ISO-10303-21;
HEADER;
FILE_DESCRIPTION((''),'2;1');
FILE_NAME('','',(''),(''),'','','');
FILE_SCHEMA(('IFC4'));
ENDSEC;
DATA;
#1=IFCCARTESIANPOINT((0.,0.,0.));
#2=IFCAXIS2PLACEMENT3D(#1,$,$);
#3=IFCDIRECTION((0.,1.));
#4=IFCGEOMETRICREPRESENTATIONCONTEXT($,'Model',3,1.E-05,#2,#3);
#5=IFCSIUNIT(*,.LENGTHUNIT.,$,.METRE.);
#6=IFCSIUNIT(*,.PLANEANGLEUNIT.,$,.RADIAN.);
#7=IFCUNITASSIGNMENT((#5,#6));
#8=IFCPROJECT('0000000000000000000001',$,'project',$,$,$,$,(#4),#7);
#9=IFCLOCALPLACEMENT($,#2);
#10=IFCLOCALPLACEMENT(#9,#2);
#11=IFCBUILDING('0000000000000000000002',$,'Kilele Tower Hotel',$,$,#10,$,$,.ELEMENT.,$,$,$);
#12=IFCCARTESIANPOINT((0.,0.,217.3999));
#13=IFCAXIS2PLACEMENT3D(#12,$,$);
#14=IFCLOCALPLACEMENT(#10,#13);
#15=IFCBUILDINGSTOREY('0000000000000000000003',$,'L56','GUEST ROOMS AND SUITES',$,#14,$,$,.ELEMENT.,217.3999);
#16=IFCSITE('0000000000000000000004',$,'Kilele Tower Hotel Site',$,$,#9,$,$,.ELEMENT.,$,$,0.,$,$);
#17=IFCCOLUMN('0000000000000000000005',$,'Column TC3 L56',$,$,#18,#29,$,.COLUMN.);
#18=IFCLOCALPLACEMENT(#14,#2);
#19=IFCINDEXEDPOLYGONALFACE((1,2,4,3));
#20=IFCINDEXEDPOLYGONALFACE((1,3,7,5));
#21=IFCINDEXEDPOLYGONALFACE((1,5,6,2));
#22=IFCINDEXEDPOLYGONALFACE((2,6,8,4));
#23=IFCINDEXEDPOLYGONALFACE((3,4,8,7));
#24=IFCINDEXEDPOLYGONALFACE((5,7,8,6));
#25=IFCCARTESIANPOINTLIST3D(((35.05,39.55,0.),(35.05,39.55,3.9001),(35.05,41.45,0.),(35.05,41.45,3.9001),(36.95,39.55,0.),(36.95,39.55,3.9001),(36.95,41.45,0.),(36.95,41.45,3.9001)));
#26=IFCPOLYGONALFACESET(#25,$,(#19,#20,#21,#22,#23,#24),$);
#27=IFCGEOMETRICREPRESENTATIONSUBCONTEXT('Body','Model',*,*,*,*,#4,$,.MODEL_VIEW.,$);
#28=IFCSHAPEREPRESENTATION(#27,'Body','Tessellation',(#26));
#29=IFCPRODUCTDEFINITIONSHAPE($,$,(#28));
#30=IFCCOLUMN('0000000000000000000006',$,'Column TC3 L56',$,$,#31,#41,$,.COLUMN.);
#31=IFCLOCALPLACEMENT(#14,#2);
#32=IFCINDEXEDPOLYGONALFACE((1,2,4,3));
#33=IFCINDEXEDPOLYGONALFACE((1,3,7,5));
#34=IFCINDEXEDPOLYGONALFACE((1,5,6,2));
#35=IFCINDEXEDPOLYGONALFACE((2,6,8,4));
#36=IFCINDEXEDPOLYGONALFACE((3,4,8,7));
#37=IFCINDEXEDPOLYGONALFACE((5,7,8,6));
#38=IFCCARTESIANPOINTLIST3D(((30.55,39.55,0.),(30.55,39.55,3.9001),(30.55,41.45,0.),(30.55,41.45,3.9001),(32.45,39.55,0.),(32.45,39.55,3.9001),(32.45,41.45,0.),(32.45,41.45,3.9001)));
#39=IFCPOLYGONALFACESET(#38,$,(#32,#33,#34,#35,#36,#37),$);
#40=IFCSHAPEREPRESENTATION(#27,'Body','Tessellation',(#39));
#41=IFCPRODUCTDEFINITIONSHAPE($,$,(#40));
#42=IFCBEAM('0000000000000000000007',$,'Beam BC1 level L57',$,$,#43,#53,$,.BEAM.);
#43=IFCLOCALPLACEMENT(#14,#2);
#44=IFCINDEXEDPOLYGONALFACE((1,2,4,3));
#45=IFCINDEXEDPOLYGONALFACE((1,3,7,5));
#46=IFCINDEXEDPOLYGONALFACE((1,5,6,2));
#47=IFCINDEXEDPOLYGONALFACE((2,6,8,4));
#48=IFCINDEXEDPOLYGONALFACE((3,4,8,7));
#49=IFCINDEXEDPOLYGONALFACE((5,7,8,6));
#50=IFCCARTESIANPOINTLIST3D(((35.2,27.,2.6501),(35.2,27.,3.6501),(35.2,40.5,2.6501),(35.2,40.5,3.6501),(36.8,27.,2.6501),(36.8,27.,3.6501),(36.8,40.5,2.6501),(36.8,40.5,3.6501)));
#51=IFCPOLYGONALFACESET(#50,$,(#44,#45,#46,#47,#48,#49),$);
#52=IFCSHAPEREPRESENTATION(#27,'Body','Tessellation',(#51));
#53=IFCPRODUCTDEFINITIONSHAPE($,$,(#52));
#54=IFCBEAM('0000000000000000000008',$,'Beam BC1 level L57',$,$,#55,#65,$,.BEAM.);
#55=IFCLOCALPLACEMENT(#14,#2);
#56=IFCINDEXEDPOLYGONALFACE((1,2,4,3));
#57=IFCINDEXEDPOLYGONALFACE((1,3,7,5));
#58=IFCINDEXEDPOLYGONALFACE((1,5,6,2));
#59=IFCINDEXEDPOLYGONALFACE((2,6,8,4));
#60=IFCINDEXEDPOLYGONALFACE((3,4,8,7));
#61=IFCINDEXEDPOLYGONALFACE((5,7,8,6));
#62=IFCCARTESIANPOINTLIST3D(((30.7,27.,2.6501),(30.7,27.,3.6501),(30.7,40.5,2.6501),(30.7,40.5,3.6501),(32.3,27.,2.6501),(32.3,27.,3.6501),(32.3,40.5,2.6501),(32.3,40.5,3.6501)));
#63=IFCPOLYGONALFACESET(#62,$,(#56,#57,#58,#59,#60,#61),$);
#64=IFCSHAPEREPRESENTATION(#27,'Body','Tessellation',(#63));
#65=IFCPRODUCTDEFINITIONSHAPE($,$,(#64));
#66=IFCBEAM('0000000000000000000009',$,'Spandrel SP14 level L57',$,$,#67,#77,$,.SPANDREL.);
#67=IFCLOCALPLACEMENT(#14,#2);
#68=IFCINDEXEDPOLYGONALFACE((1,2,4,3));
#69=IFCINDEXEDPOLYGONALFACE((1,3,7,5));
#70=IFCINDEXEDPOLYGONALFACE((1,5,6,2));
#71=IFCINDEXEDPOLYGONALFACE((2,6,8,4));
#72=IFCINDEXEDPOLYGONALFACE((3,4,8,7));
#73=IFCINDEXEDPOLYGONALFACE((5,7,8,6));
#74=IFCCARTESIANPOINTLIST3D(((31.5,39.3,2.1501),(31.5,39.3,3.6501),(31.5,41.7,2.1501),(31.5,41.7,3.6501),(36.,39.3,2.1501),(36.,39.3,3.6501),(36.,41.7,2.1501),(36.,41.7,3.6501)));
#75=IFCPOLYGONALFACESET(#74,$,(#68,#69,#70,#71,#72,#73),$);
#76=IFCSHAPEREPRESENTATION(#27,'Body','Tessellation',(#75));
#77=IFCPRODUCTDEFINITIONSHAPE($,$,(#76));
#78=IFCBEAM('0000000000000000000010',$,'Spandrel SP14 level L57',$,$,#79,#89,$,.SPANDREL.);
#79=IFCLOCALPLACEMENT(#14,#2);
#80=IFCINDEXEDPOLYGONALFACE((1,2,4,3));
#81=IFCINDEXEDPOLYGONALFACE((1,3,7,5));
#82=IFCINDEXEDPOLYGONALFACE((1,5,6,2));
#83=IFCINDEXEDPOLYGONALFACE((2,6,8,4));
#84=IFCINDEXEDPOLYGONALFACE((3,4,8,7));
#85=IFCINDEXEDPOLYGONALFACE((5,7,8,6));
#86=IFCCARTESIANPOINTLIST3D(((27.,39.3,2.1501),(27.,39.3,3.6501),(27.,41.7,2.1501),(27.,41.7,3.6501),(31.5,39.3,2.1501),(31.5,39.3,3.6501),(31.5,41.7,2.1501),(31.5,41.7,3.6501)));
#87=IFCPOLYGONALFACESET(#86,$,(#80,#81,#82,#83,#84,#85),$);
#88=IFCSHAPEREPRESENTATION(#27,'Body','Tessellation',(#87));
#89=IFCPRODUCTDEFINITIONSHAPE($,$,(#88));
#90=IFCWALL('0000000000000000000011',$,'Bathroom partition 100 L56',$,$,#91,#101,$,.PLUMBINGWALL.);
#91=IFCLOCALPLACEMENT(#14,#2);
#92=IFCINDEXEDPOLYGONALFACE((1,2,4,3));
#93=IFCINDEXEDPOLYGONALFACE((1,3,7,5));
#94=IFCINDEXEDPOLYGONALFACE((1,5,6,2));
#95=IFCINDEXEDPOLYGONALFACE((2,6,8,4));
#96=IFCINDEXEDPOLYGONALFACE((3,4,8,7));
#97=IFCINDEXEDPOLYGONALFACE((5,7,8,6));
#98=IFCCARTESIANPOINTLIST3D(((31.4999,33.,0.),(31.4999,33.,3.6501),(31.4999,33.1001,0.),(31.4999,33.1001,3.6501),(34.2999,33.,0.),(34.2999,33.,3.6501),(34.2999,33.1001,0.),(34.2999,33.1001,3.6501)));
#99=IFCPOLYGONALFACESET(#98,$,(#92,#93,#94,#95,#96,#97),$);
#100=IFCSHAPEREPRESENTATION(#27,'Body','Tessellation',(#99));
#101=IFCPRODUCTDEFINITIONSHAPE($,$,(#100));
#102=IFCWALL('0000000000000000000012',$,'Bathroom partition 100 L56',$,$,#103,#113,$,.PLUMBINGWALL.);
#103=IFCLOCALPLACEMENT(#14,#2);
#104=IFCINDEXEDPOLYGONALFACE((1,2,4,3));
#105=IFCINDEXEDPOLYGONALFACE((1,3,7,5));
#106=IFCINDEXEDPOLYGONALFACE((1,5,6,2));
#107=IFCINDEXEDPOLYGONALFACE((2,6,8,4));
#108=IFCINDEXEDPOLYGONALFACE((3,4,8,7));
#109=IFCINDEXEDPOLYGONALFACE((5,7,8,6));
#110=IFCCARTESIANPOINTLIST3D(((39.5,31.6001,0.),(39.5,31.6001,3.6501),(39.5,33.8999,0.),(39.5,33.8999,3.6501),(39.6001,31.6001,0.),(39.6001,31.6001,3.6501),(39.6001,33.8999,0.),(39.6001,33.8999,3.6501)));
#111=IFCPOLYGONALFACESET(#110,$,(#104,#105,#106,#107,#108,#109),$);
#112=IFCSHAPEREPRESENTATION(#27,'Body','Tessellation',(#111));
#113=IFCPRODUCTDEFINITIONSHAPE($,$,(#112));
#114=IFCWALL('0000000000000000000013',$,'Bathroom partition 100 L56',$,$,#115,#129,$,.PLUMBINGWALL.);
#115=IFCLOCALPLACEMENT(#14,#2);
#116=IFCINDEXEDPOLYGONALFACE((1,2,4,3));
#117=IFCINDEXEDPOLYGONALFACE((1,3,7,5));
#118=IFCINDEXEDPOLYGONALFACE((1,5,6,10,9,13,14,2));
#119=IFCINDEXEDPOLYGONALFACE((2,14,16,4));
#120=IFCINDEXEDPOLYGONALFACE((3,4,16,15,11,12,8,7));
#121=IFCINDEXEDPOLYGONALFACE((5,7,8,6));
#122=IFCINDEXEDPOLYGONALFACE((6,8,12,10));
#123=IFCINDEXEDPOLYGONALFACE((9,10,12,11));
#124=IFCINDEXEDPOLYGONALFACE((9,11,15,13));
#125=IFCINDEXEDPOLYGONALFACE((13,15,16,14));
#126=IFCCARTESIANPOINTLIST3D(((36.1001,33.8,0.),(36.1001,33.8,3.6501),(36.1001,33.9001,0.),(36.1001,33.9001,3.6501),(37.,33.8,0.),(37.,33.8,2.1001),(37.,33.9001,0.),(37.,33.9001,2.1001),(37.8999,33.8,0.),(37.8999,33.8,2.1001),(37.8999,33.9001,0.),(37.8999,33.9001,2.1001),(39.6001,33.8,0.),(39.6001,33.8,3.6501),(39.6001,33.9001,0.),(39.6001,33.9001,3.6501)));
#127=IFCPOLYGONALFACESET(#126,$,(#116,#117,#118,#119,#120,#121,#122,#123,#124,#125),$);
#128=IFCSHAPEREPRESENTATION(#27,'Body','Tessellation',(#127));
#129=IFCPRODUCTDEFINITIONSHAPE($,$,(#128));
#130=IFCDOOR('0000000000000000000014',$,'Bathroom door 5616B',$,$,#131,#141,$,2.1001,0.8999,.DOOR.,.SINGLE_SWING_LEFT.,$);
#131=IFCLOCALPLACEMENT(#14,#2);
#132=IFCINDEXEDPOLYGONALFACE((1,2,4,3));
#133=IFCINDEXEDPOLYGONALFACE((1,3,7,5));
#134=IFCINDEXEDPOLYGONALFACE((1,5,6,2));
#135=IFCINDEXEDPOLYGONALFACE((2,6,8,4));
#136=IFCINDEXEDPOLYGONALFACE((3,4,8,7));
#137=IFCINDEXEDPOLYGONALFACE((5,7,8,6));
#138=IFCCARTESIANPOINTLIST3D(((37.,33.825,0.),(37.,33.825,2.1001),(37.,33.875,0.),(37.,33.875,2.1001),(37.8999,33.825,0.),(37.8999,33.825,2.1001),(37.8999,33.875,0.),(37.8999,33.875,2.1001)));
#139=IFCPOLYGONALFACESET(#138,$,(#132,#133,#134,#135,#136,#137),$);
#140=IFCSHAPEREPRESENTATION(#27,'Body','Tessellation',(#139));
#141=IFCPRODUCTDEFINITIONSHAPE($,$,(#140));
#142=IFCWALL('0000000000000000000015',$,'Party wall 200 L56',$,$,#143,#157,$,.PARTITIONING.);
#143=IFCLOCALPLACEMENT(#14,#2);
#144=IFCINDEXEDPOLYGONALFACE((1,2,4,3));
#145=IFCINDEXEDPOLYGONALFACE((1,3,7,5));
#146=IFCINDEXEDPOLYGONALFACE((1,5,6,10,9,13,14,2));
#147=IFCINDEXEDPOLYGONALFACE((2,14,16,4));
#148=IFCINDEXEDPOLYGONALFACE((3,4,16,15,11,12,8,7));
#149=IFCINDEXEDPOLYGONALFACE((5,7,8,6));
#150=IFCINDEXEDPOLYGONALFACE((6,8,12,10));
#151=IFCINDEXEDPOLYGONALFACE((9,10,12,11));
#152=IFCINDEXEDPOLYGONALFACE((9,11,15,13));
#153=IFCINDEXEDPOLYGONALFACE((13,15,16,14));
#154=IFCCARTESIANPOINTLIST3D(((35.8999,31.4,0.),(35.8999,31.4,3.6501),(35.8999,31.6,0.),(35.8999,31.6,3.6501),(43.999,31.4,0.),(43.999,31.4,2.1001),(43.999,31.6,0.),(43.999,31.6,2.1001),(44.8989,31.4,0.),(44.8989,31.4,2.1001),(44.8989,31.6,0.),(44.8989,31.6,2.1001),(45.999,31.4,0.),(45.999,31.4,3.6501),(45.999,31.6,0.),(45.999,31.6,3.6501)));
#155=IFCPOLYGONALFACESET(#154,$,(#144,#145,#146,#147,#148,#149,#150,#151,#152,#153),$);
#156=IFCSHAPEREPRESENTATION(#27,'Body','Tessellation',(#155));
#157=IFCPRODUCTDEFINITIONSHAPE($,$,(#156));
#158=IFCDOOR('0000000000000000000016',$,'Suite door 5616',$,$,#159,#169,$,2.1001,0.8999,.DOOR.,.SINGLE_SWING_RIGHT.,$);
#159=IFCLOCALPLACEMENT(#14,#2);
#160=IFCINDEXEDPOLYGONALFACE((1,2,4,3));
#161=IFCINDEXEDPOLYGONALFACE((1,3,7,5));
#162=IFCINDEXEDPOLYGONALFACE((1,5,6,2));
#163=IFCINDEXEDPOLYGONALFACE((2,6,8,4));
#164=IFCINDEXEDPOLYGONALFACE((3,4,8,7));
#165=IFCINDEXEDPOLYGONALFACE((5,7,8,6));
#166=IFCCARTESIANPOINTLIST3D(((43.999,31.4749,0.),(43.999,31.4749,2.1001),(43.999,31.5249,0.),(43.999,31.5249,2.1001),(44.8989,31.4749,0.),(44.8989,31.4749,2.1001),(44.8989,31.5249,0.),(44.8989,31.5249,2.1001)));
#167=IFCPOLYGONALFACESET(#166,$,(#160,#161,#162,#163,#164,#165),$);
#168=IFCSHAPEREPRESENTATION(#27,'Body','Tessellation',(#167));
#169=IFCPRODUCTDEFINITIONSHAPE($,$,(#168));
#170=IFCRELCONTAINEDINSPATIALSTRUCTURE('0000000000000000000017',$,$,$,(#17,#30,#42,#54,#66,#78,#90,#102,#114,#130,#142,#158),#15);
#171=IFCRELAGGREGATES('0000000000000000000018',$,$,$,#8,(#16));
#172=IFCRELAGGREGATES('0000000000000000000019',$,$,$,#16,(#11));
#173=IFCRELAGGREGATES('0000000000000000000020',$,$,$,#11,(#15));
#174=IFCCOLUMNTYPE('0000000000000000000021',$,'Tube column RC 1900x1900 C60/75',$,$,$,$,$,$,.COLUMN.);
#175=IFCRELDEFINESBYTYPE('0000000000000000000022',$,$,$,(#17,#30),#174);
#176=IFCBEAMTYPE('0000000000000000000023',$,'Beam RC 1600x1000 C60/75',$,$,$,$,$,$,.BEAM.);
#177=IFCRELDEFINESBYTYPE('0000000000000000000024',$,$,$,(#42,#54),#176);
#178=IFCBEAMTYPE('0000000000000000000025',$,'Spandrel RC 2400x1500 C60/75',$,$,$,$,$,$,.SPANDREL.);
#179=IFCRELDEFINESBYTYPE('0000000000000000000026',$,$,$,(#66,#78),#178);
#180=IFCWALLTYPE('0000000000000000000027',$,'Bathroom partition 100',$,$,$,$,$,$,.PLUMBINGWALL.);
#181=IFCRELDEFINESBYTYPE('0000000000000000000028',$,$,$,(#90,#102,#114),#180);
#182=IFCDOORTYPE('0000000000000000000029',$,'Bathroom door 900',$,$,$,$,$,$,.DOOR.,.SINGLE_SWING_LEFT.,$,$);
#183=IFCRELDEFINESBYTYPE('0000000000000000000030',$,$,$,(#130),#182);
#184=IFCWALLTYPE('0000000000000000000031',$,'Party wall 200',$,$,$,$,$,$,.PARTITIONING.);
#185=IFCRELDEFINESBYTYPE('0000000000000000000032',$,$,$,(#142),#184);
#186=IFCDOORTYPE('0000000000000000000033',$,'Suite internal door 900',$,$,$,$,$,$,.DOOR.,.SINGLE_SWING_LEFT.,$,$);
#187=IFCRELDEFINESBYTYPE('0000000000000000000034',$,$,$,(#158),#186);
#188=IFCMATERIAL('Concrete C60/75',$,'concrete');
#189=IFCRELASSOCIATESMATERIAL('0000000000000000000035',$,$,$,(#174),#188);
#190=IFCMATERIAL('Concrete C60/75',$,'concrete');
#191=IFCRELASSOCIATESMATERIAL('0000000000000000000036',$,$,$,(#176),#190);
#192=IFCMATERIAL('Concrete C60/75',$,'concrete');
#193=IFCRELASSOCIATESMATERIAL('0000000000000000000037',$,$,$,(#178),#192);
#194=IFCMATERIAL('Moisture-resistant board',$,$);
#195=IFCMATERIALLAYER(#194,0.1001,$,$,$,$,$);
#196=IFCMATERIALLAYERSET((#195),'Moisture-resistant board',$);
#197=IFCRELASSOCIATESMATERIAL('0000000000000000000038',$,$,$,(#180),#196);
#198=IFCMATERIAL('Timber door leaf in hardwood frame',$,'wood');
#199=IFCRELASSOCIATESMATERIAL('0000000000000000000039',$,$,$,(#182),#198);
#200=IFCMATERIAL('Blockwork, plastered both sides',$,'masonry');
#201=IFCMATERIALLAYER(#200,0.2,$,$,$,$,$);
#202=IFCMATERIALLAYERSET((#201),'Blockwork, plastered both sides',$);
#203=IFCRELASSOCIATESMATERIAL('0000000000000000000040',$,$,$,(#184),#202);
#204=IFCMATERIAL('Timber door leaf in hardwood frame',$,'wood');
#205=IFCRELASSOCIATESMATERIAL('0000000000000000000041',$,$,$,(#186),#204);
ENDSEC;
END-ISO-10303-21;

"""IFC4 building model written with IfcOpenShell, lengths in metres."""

from ifc_helpers import new_model, si_unit, direction, frame, frame_2d, origin, origin_2d, place, context, subcontext, project, spatial, rectangle, extrude, material, layer, layer_set, material_profile, profile_set, type_object, element, fill, save


model = new_model("IFC4")

# Units and contexts
model_context = context("Model", 3, precision=1e-05, world=origin(), true_north=direction((0.0, 1.0)))
body_context = subcontext(model_context, "Body", "Model", "MODEL_VIEW")
ifc_project = project(units=[si_unit("LENGTHUNIT", "METRE"), si_unit("PLANEANGLEUNIT", "RADIAN")], contexts=[model_context])

# Site, building, storey
site_placement = place(None, origin())
site = spatial("IfcSite", under=ifc_project, at=site_placement, Name="Kilele Tower Hotel Site", CompositionType="ELEMENT", RefElevation=0.0)
building_placement = place(site_placement, origin())
building = spatial("IfcBuilding", under=site, at=building_placement, Name="Kilele Tower Hotel", CompositionType="ELEMENT")
storey_placement = place(building_placement, frame((0.0, 0.0, 217.3999)))
storey = spatial("IfcBuildingStorey", under=building, at=storey_placement, Name="L56", Description="GUEST ROOMS AND SUITES", CompositionType="ELEMENT", Elevation=217.3999)

# Columns
ifc_material_1 = material(Name="Concrete C60/75", Category="concrete")
ifc_material_profile_1 = material_profile(ifc_material_1, rectangle(XDim=1.8999, YDim=1.8999, at=origin_2d()))
ifc_profile_set_1 = profile_set([ifc_material_profile_1], Name="Concrete C60/75")
column_type = type_object("IfcColumnType", Name="Tube column RC 1900x1900 C60/75", PredefinedType="COLUMN", material=ifc_profile_set_1)
for number, where, z_axis, x_axis, name in (
    (1, (36.0, 40.5, 0.0), (0.0, 0.0, 1.0), (1.0, 0.0, 0.0), "Column TC3 L56"),
    (2, (31.5, 40.5, 0.0), (0.0, 0.0, 1.0), (1.0, 0.0, 0.0), "Column TC3 L56"),
):
    element("IfcColumn", number, at=place(storey_placement, frame(where, z_axis=z_axis, x_axis=x_axis)), inside=storey, type_object=column_type, Name=name, PredefinedType="COLUMN", context=body_context, shape_type="SweptSolid", body=[
        extrude(rectangle(XDim=1.8999, YDim=1.8999, at=origin_2d()), origin(), (0.0, 0.0, 1.0), 3.9001),
    ])

# Beams
ifc_material_2 = material(Name="Concrete C60/75", Category="concrete")
ifc_material_profile_2 = material_profile(ifc_material_2, rectangle(XDim=1.6001, YDim=1.0, at=origin_2d()))
ifc_profile_set_2 = profile_set([ifc_material_profile_2], Name="Concrete C60/75")
beam_type_1 = type_object("IfcBeamType", Name="Beam RC 1600x1000 C60/75", PredefinedType="BEAM", material=ifc_profile_set_2)
for number, where, z_axis, x_axis, name in (
    (3, (36.0, 40.5, 3.1501), (0.0, -1.0, 0.0), (1.0, 0.0, 0.0), "Beam BC1 level L57"),
    (4, (31.5, 40.5, 3.1501), (0.0, -1.0, 0.0), (1.0, 0.0, 0.0), "Beam BC1 level L57"),
):
    element("IfcBeam", number, at=place(storey_placement, frame(where, z_axis=z_axis, x_axis=x_axis)), inside=storey, type_object=beam_type_1, Name=name, PredefinedType="BEAM", context=body_context, shape_type="SweptSolid", body=[
        extrude(rectangle(XDim=1.6001, YDim=1.0, at=origin_2d()), origin(), (0.0, 0.0, 1.0), 13.5),
    ])
ifc_material_3 = material(Name="Concrete C60/75", Category="concrete")
ifc_material_profile_3 = material_profile(ifc_material_3, rectangle(XDim=2.3999, YDim=1.5, at=origin_2d()))
ifc_profile_set_3 = profile_set([ifc_material_profile_3], Name="Concrete C60/75")
beam_type_2 = type_object("IfcBeamType", Name="Spandrel RC 2400x1500 C60/75", PredefinedType="SPANDREL", material=ifc_profile_set_3)
for number, where, z_axis, x_axis, name in (
    (5, (36.0, 40.5, 2.9001), (-1.0, 0.0, 0.0), (0.0, -1.0, 0.0), "Spandrel SP14 level L57"),
    (6, (31.5, 40.5, 2.9001), (-1.0, 0.0, 0.0), (0.0, -1.0, 0.0), "Spandrel SP14 level L57"),
):
    element("IfcBeam", number, at=place(storey_placement, frame(where, z_axis=z_axis, x_axis=x_axis)), inside=storey, type_object=beam_type_2, Name=name, PredefinedType="SPANDREL", context=body_context, shape_type="SweptSolid", body=[
        extrude(rectangle(XDim=2.3999, YDim=1.5, at=origin_2d()), origin(), (0.0, 0.0, 1.0), 4.5),
    ])

# Walls
ifc_material_4 = material(Name="Moisture-resistant board")
ifc_layer_1 = layer(ifc_material_4, 0.1001)
ifc_layer_set_1 = layer_set([ifc_layer_1], Name="Moisture-resistant board")
wall_type_1 = type_object("IfcWallType", Name="Bathroom partition 100", PredefinedType="PLUMBINGWALL", material=ifc_layer_set_1)
wall_1_placement = place(storey_placement, frame((31.5, 33.05, 0.0), z_axis=(0.0, 0.0, 1.0), x_axis=(1.0, 0.0, 0.0)))
element("IfcWall", 7, at=wall_1_placement, inside=storey, type_object=wall_type_1, Name="Bathroom partition 100 L56", PredefinedType="PLUMBINGWALL", context=body_context, shape_type="SweptSolid", body=[
    extrude(rectangle(XDim=2.8, YDim=0.1001, at=frame_2d((1.3999, 0.0))), origin(), (0.0, 0.0, 1.0), 3.6501),
])
wall_2_placement = place(storey_placement, frame((39.55, 31.6001, 0.0), z_axis=(0.0, 0.0, 1.0), x_axis=(0.0, 1.0, 0.0)))
element("IfcWall", 8, at=wall_2_placement, inside=storey, type_object=wall_type_1, Name="Bathroom partition 100 L56", PredefinedType="PLUMBINGWALL", context=body_context, shape_type="SweptSolid", body=[
    extrude(rectangle(XDim=2.2998, YDim=0.1001, at=frame_2d((1.1499, 0.0))), origin(), (0.0, 0.0, 1.0), 3.6501),
])

# Walls, openings, doors
wall_3_placement = place(storey_placement, frame((36.1001, 33.8501, 0.0), z_axis=(0.0, 0.0, 1.0), x_axis=(1.0, 0.0, 0.0)))
wall_3 = element("IfcWall", 9, at=wall_3_placement, inside=storey, type_object=wall_type_1, Name="Bathroom partition 100 L56", PredefinedType="PLUMBINGWALL", context=body_context, shape_type="SweptSolid", body=[
    extrude(rectangle(XDim=3.5, YDim=0.1001, at=frame_2d((1.75, 0.0))), origin(), (0.0, 0.0, 1.0), 3.6501),
])
opening_1_placement = place(wall_3_placement, frame((0.8999, 0.0, 0.0)))
opening_1 = element("IfcOpeningElement", 10, at=opening_1_placement, cuts=wall_3, PredefinedType="OPENING", context=body_context, shape_type="SweptSolid", body=[
    extrude(rectangle(XDim=0.8999, YDim=2.1001, at=frame_2d((0.45, 1.05))), frame((0.0, 0.0601, 0.0), z_axis=(0.0, -1.0, 0.0), x_axis=(1.0, 0.0, 0.0)), (0.0, 0.0, 1.0), 0.1201),
])
ifc_material_5 = material(Name="Timber door leaf in hardwood frame", Category="wood")
door_type_1 = type_object("IfcDoorType", Name="Bathroom door 900", OperationType="SINGLE_SWING_LEFT", PredefinedType="DOOR", material=ifc_material_5)
door_1_placement = place(opening_1_placement, origin())
door_1 = element("IfcDoor", 11, at=door_1_placement, inside=storey, type_object=door_type_1, Name="Bathroom door 5616B", OperationType="SINGLE_SWING_LEFT", OverallHeight=2.1001, OverallWidth=0.8999, PredefinedType="DOOR", context=body_context, shape_type="SweptSolid", body=[
    extrude(rectangle(XDim=0.8999, YDim=2.1001, at=frame_2d((0.45, 1.05))), frame((0.0, 0.0249, 0.0), z_axis=(0.0, -1.0, 0.0), x_axis=(1.0, 0.0, 0.0)), (0.0, 0.0, 1.0), 0.05),
])
fill(opening_1, door_1)
ifc_material_6 = material(Name="Blockwork, plastered both sides", Category="masonry")
ifc_layer_2 = layer(ifc_material_6, 0.2)
ifc_layer_set_2 = layer_set([ifc_layer_2], Name="Blockwork, plastered both sides")
wall_type_2 = type_object("IfcWallType", Name="Party wall 200", PredefinedType="PARTITIONING", material=ifc_layer_set_2)
wall_4_placement = place(storey_placement, frame((35.8999, 31.5, 0.0), z_axis=(0.0, 0.0, 1.0), x_axis=(1.0, 0.0, 0.0)))
wall_4 = element("IfcWall", 12, at=wall_4_placement, inside=storey, type_object=wall_type_2, Name="Party wall 200 L56", PredefinedType="PARTITIONING", context=body_context, shape_type="SweptSolid", body=[
    extrude(rectangle(XDim=10.0991, YDim=0.2, at=frame_2d((5.0496, 0.0))), origin(), (0.0, 0.0, 1.0), 3.6501),
])
opening_2_placement = place(wall_4_placement, frame((8.0991, 0.0, 0.0)))
opening_2 = element("IfcOpeningElement", 13, at=opening_2_placement, cuts=wall_4, PredefinedType="OPENING", context=body_context, shape_type="SweptSolid", body=[
    extrude(rectangle(XDim=0.8999, YDim=2.1001, at=frame_2d((0.45, 1.05))), frame((0.0, 0.1099, 0.0), z_axis=(0.0, -1.0, 0.0), x_axis=(1.0, 0.0, 0.0)), (0.0, 0.0, 1.0), 0.22),
])
ifc_material_7 = material(Name="Timber door leaf in hardwood frame", Category="wood")
door_type_2 = type_object("IfcDoorType", Name="Suite internal door 900", OperationType="SINGLE_SWING_LEFT", PredefinedType="DOOR", material=ifc_material_7)
door_2_placement = place(opening_2_placement, origin())
door_2 = element("IfcDoor", 14, at=door_2_placement, inside=storey, type_object=door_type_2, Name="Suite door 5616", OperationType="SINGLE_SWING_RIGHT", OverallHeight=2.1001, OverallWidth=0.8999, PredefinedType="DOOR", context=body_context, shape_type="SweptSolid", body=[
    extrude(rectangle(XDim=0.8999, YDim=2.1001, at=frame_2d((0.45, 1.05))), frame((0.0, 0.0249, 0.0), z_axis=(0.0, -1.0, 0.0), x_axis=(1.0, 0.0, 0.0)), (0.0, 0.0, 1.0), 0.05),
])
fill(opening_2, door_2)

save(model, "model.ifc")
